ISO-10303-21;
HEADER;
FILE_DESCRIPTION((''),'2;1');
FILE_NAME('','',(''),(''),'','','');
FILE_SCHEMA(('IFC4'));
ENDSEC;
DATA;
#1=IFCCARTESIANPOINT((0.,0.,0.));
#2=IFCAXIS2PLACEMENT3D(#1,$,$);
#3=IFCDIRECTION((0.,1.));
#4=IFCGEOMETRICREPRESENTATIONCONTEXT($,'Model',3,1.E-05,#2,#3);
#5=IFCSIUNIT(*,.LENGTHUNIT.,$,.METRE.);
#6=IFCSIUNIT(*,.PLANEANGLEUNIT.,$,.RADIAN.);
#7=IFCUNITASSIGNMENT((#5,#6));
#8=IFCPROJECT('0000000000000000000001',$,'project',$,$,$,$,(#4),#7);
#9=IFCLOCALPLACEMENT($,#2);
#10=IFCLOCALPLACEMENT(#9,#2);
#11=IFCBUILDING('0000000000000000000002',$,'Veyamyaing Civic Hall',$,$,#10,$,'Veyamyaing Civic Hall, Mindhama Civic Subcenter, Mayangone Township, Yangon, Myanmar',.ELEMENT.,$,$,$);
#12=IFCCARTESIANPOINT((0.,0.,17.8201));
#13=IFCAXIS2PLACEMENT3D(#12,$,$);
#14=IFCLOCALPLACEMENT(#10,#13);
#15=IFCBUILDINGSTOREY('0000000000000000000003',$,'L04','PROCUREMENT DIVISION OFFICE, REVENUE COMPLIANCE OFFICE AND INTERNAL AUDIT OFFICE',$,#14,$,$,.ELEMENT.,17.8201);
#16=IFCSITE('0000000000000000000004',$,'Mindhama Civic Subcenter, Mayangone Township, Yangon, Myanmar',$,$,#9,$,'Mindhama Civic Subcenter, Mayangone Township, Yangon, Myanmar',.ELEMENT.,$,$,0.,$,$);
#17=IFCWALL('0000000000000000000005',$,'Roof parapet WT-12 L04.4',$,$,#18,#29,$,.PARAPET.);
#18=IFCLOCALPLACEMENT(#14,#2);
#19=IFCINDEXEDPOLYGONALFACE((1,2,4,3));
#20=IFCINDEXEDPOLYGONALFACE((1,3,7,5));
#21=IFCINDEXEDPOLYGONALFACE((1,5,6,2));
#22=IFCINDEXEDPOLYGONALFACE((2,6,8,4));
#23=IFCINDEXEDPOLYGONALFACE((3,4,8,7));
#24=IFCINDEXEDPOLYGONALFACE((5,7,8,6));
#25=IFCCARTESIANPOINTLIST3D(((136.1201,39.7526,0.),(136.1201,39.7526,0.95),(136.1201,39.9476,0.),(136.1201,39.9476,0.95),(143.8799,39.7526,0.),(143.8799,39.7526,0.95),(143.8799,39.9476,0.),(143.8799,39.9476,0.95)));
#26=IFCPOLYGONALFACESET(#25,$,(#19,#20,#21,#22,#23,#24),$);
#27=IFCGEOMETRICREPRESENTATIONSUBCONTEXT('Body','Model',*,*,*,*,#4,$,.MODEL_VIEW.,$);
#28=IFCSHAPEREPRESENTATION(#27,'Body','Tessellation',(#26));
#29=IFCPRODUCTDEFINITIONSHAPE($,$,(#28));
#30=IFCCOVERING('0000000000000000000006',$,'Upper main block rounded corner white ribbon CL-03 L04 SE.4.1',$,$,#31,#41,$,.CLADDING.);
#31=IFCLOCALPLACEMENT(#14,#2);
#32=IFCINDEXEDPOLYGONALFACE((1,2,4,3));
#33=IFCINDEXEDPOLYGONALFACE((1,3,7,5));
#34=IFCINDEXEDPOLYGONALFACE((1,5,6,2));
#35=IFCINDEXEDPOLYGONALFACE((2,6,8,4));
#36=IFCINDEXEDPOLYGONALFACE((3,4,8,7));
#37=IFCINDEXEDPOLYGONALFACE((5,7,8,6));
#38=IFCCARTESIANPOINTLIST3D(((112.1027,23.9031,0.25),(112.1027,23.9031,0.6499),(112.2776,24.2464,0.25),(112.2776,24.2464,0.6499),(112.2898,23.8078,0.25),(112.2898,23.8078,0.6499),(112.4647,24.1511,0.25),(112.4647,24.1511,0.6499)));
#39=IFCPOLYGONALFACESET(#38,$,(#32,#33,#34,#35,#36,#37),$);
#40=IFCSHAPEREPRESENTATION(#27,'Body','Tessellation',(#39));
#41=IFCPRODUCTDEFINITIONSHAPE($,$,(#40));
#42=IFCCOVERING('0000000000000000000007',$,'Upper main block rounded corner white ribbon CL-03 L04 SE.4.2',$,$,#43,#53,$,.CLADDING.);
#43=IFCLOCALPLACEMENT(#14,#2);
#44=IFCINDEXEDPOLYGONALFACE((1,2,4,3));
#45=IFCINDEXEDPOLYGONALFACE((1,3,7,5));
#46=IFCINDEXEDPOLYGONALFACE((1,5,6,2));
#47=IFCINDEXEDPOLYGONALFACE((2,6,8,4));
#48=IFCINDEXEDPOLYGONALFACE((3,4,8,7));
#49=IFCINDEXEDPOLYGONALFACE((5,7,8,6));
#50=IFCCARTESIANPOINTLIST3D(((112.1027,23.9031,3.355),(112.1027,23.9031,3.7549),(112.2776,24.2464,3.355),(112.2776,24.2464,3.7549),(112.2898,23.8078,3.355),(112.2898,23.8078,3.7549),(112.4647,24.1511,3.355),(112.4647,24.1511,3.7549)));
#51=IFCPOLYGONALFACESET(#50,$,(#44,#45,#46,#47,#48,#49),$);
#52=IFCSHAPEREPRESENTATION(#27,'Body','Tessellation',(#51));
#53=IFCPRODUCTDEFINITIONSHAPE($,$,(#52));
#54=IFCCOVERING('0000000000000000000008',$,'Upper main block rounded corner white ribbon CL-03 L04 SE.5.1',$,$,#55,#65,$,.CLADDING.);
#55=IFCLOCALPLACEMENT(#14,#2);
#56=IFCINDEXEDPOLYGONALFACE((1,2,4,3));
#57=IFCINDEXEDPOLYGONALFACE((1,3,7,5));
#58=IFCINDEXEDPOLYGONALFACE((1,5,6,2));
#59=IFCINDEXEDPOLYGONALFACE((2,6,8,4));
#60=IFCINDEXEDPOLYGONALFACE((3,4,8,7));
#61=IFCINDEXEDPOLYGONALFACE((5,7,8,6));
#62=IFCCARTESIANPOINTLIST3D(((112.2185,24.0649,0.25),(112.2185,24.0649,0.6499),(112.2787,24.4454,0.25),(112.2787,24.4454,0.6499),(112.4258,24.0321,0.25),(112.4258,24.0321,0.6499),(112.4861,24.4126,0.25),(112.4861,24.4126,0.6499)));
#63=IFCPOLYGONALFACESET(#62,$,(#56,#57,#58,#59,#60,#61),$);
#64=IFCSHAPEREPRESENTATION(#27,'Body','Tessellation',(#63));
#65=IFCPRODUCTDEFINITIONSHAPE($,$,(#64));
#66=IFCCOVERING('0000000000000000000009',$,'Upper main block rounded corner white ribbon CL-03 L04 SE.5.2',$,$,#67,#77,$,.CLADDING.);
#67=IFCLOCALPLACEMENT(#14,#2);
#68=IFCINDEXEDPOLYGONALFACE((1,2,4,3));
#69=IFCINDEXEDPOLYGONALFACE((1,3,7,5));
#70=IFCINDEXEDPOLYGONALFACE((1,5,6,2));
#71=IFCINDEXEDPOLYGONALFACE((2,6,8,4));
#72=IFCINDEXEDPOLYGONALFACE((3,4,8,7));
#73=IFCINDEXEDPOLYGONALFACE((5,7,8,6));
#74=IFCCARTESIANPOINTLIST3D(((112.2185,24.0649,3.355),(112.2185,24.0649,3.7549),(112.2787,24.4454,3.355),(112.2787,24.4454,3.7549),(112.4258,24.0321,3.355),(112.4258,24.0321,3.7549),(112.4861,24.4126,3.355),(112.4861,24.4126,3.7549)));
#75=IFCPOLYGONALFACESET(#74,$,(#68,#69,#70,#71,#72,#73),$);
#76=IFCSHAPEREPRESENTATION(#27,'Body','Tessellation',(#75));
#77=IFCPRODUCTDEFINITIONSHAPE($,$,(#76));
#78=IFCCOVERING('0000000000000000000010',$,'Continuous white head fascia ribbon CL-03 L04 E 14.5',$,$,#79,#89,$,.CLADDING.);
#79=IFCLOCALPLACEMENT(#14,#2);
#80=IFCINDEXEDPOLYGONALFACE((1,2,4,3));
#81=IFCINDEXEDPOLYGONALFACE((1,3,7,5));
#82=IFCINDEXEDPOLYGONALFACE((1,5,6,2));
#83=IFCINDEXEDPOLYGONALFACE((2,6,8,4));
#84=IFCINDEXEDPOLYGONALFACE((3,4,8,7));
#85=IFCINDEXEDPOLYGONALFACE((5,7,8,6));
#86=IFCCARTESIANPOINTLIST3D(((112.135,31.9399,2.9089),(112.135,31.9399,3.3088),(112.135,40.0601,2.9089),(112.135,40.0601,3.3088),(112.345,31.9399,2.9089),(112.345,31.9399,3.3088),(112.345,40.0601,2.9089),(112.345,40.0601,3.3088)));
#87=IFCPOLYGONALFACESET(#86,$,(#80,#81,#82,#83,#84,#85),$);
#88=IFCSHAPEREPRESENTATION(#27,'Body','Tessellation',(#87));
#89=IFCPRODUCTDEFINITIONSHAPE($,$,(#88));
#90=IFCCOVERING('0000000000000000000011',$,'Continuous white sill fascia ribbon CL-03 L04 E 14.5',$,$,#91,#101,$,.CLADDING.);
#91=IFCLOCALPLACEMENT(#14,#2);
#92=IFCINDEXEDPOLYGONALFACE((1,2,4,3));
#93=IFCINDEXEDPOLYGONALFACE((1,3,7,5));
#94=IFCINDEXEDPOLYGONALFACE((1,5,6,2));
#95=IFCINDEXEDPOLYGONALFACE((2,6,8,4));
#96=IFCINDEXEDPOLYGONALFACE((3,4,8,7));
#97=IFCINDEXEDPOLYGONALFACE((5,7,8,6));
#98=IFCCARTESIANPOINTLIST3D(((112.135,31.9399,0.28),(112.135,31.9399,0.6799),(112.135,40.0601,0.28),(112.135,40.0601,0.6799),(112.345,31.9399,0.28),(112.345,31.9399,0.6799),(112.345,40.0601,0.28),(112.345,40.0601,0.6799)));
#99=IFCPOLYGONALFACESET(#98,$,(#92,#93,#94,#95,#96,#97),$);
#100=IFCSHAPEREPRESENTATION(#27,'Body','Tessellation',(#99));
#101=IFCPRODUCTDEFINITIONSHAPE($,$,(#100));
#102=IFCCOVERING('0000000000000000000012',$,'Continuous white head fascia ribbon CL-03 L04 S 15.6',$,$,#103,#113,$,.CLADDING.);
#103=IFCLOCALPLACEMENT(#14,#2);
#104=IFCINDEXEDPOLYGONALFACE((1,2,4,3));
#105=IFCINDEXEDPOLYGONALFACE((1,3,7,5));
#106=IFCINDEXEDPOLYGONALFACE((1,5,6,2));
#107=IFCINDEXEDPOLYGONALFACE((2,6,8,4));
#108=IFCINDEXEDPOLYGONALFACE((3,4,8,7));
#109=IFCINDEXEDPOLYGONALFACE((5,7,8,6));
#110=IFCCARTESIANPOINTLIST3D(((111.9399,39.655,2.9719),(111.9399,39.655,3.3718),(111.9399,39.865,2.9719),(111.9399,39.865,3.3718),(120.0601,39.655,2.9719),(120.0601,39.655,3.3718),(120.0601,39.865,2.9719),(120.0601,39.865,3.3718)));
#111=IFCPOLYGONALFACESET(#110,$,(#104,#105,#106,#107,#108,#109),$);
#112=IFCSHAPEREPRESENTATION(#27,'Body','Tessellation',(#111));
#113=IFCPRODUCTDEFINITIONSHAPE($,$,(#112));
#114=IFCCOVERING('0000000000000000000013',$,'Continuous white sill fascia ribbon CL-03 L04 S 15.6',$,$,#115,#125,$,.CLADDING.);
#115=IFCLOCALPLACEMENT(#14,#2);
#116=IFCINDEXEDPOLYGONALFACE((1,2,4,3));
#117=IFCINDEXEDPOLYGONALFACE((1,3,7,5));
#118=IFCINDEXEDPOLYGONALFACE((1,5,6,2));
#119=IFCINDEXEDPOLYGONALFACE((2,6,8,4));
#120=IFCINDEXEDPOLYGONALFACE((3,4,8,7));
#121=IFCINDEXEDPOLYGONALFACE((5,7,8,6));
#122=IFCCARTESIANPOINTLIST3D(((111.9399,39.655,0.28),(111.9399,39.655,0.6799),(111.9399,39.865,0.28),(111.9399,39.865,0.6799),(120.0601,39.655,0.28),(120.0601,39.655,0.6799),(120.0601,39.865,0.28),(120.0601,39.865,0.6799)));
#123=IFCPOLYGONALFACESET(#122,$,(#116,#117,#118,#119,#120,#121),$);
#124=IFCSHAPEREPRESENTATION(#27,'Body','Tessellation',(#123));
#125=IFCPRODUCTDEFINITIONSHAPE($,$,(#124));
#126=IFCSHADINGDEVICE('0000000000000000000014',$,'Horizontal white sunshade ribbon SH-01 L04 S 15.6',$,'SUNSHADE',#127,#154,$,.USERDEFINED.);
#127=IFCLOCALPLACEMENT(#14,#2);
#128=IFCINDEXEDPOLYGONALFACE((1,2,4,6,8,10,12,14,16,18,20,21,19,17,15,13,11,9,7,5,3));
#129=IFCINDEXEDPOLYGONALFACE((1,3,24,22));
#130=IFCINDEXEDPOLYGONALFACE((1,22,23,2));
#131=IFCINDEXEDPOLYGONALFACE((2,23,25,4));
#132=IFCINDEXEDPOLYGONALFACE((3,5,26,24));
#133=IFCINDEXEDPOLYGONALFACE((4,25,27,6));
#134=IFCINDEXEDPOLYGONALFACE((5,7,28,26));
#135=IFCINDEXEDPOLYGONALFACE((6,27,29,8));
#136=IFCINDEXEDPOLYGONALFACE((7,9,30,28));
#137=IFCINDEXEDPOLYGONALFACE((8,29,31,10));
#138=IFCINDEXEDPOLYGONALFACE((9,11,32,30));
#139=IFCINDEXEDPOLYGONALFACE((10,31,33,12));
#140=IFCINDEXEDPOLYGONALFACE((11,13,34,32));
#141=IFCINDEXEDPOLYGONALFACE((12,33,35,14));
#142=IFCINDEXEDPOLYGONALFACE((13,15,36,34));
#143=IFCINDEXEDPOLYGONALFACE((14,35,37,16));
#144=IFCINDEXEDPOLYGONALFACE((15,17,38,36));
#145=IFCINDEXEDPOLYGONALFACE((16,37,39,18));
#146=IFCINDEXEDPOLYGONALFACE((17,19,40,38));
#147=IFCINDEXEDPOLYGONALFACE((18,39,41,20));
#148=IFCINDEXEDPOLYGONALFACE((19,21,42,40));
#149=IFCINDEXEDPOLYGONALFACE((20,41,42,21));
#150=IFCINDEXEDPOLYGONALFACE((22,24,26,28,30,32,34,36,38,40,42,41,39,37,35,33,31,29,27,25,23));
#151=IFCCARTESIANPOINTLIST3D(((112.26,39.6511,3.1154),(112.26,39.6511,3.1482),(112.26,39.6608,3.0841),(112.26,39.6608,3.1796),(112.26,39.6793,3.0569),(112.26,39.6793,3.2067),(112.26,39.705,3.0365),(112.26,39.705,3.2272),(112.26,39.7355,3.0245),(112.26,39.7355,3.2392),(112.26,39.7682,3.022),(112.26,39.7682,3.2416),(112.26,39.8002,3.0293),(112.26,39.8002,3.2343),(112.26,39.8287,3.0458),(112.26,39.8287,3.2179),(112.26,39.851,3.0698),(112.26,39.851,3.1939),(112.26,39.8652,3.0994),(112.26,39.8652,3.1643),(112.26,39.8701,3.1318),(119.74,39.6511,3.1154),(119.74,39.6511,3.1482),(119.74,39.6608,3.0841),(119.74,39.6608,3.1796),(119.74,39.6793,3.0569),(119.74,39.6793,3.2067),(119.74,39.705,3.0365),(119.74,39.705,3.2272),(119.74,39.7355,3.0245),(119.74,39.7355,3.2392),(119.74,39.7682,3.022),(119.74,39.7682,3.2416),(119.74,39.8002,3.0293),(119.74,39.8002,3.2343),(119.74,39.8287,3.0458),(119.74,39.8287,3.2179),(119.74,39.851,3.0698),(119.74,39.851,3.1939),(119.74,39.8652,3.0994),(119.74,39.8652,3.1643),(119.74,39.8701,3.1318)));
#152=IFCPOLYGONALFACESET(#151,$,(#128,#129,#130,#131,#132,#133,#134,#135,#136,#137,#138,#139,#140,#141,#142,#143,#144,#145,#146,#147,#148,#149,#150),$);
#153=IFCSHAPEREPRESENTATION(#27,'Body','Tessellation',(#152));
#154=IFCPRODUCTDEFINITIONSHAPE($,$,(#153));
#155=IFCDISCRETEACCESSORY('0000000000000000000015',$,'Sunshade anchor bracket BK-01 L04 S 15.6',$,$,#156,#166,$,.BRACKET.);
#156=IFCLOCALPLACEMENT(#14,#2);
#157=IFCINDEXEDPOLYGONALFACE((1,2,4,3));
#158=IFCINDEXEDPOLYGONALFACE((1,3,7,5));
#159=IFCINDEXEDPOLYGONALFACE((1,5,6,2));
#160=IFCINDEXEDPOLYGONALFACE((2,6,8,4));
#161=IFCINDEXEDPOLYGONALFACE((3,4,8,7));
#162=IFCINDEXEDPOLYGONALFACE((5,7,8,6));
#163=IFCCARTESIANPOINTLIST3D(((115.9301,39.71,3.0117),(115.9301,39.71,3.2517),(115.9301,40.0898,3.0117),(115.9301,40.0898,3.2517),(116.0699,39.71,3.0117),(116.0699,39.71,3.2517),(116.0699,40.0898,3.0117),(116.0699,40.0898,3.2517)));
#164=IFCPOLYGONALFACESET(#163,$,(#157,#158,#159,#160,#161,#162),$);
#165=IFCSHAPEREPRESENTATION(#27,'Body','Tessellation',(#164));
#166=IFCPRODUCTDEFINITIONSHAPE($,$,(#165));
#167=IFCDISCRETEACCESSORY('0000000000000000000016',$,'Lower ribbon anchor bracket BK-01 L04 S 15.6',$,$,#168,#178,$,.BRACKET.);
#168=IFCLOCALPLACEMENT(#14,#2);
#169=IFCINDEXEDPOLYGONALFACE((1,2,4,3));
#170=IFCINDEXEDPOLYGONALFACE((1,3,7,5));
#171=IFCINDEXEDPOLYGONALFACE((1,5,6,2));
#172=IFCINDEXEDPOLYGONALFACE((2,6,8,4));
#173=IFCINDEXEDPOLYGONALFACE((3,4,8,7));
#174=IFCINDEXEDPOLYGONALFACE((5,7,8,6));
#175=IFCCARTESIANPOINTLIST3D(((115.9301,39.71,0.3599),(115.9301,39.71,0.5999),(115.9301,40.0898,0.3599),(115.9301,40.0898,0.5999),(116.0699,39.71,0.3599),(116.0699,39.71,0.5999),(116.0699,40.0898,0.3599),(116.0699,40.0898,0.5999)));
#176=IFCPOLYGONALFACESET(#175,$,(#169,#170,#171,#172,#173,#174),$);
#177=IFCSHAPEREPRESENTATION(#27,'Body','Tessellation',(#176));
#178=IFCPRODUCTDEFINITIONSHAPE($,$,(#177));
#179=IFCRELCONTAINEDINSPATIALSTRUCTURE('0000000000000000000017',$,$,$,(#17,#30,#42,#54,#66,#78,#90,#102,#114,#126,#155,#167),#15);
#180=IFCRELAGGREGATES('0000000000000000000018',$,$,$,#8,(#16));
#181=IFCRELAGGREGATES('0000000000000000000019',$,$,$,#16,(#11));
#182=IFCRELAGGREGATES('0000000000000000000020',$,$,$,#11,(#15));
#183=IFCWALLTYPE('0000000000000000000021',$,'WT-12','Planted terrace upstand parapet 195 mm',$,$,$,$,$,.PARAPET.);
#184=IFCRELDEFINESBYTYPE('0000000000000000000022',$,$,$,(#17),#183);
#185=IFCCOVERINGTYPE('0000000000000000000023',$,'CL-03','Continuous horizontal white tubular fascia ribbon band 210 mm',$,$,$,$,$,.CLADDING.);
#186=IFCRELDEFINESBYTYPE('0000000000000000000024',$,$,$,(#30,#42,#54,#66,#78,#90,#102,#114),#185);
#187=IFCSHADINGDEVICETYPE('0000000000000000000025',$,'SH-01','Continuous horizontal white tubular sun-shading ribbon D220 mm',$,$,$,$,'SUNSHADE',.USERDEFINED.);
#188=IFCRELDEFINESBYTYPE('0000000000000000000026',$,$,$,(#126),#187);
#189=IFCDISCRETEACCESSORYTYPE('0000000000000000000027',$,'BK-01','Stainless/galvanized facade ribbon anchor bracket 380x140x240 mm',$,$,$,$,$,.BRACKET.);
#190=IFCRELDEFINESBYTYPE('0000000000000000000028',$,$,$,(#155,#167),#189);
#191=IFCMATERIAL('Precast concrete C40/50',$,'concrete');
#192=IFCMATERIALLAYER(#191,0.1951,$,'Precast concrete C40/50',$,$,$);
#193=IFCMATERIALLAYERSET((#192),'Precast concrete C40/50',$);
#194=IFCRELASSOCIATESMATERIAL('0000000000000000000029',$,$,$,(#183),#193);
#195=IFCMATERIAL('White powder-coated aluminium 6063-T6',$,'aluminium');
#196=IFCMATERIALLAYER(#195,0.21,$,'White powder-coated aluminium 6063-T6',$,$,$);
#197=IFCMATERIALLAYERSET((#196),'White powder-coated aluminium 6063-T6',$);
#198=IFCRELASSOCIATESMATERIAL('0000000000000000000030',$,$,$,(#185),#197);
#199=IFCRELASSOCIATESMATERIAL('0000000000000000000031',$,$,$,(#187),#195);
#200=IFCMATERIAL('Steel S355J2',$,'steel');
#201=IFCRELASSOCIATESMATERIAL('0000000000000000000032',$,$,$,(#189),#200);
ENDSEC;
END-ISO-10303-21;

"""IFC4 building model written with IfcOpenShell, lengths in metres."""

from ifc_helpers import new_model, si_unit, direction, frame, frame_2d, origin, origin_2d, place, context, subcontext, project, spatial, rectangle, circle, extrude, material, layer, layer_set, material_profile, profile_set, type_object, element, save


model = new_model("IFC4")

# Units and contexts
model_context = context("Model", 3, precision=1e-05, world=origin(), true_north=direction((0.0, 1.0)))
body_context = subcontext(model_context, "Body", "Model", "MODEL_VIEW")
ifc_project = project(units=[si_unit("LENGTHUNIT", "METRE"), si_unit("PLANEANGLEUNIT", "RADIAN")], contexts=[model_context])

# Site, building, storey
site_placement = place(None, origin())
site = spatial("IfcSite", under=ifc_project, at=site_placement, Name="Mindhama Civic Subcenter, Mayangone Township, Yangon, Myanmar", LongName="Mindhama Civic Subcenter, Mayangone Township, Yangon, Myanmar", CompositionType="ELEMENT", RefElevation=0.0)
building_placement = place(site_placement, origin())
building = spatial("IfcBuilding", under=site, at=building_placement, Name="Veyamyaing Civic Hall", LongName="Veyamyaing Civic Hall, Mindhama Civic Subcenter, Mayangone Township, Yangon, Myanmar", CompositionType="ELEMENT")
storey_placement = place(building_placement, frame((0.0, 0.0, 17.8201)))
storey = spatial("IfcBuildingStorey", under=building, at=storey_placement, Name="L04", Description="PROCUREMENT DIVISION OFFICE, REVENUE COMPLIANCE OFFICE AND INTERNAL AUDIT OFFICE", CompositionType="ELEMENT", Elevation=17.8201)

# Wall
ifc_material_1 = material(Name="Precast concrete C40/50", Category="concrete")
ifc_layer_1 = layer(ifc_material_1, 0.1951, Name="Precast concrete C40/50")
ifc_layer_set_1 = layer_set([ifc_layer_1], Name="Precast concrete C40/50")
wall_type = type_object("IfcWallType", Name="WT-12", Description="Planted terrace upstand parapet 195 mm", PredefinedType="PARAPET", material=ifc_layer_set_1)
wall_placement = place(storey_placement, frame((136.1201, 39.8501, 0.0), z_axis=(0.0, 0.0, 1.0), x_axis=(1.0, 0.0, 0.0)))
element("IfcWall", 1, at=wall_placement, inside=storey, type_object=wall_type, Name="Roof parapet WT-12 L04.4", PredefinedType="PARAPET", context=body_context, shape_type="SweptSolid", body=[
    extrude(rectangle(XDim=7.7598, YDim=0.1951, at=frame_2d((3.8799, 0.0))), origin(), (0.0, 0.0, 1.0), 0.95),
])

# Coverings
ifc_material_2 = material(Name="White powder-coated aluminium 6063-T6", Category="aluminium")
ifc_layer_2 = layer(ifc_material_2, 0.21, Name="White powder-coated aluminium 6063-T6")
ifc_layer_set_2 = layer_set([ifc_layer_2], Name="White powder-coated aluminium 6063-T6")
covering_type = type_object("IfcCoveringType", Name="CL-03", Description="Continuous horizontal white tubular fascia ribbon band 210 mm", PredefinedType="CLADDING", material=ifc_layer_set_2)
for number, where, z_axis, x_axis, name in (
    (2, (112.2837, 24.0271, 0.25), (0.0, 0.0, 1.0), (0.45399, 0.891007, 0.0), "Upper main block rounded corner white ribbon CL-03 L04 SE.4.1"),
    (3, (112.2837, 24.0271, 3.355), (0.0, 0.0, 1.0), (0.45399, 0.891007, 0.0), "Upper main block rounded corner white ribbon CL-03 L04 SE.4.2"),
    (4, (112.3523, 24.2388, 0.25), (0.0, 0.0, 1.0), (0.156434, 0.987688, 0.0), "Upper main block rounded corner white ribbon CL-03 L04 SE.5.1"),
    (5, (112.3523, 24.2388, 3.355), (0.0, 0.0, 1.0), (0.156434, 0.987688, 0.0), "Upper main block rounded corner white ribbon CL-03 L04 SE.5.2"),
):
    element("IfcCovering", number, at=place(storey_placement, frame(where, z_axis=z_axis, x_axis=x_axis)), inside=storey, type_object=covering_type, Name=name, PredefinedType="CLADDING", context=body_context, shape_type="SweptSolid", body=[
        extrude(rectangle(XDim=0.3853, YDim=0.21, at=origin_2d()), origin(), (0.0, 0.0, 1.0), 0.3999),
    ])
for number, where, z_axis, x_axis, name in (
    (6, (112.24, 36.0, 2.9089), (0.0, 0.0, 1.0), (0.0, 1.0, 0.0), "Continuous white head fascia ribbon CL-03 L04 E 14.5"),
    (7, (112.24, 36.0, 0.28), (0.0, 0.0, 1.0), (0.0, 1.0, 0.0), "Continuous white sill fascia ribbon CL-03 L04 E 14.5"),
    (8, (116.0, 39.76, 2.9719), (0.0, 0.0, 1.0), (1.0, 0.0, 0.0), "Continuous white head fascia ribbon CL-03 L04 S 15.6"),
    (9, (116.0, 39.76, 0.28), (0.0, 0.0, 1.0), (1.0, 0.0, 0.0), "Continuous white sill fascia ribbon CL-03 L04 S 15.6"),
):
    element("IfcCovering", number, at=place(storey_placement, frame(where, z_axis=z_axis, x_axis=x_axis)), inside=storey, type_object=covering_type, Name=name, PredefinedType="CLADDING", context=body_context, shape_type="SweptSolid", body=[
        extrude(rectangle(XDim=8.1201, YDim=0.21, at=origin_2d()), origin(), (0.0, 0.0, 1.0), 0.3999),
    ])

# Shading device
ifc_material_profile_1 = material_profile(ifc_material_2, circle(Radius=0.1101, at=origin_2d()), Name="SHADE-TUBE-220")
ifc_profile_set_1 = profile_set([ifc_material_profile_1], Name="White powder-coated aluminium 6063-T6")
shading_device_type = type_object("IfcShadingDeviceType", Name="SH-01", Description="Continuous horizontal white tubular sun-shading ribbon D220 mm", ElementType="SUNSHADE", PredefinedType="USERDEFINED", material=ifc_profile_set_1)
shading_device_placement = place(storey_placement, frame((112.26, 39.76, 3.1318), z_axis=(1.0, 0.0, 0.0), x_axis=(0.0, 1.0, 0.0)))
element("IfcShadingDevice", 10, at=shading_device_placement, inside=storey, type_object=shading_device_type, Name="Horizontal white sunshade ribbon SH-01 L04 S 15.6", ObjectType="SUNSHADE", PredefinedType="USERDEFINED", context=body_context, shape_type="SweptSolid", body=[
    extrude(circle(Radius=0.1101, at=origin_2d()), origin(), (0.0, 0.0, 1.0), 7.48),
])

# Discrete accessories
ifc_material_3 = material(Name="Steel S355J2", Category="steel")
discrete_accessory_type = type_object("IfcDiscreteAccessoryType", Name="BK-01", Description="Stainless/galvanized facade ribbon anchor bracket 380x140x240 mm", PredefinedType="BRACKET", material=ifc_material_3)
for number, where, z_axis, x_axis, name in (
    (11, (116.0, 39.8999, 3.0117), (0.0, 0.0, 1.0), (0.0, -1.0, 0.0), "Sunshade anchor bracket BK-01 L04 S 15.6"),
    (12, (116.0, 39.8999, 0.3599), (0.0, 0.0, 1.0), (0.0, -1.0, 0.0), "Lower ribbon anchor bracket BK-01 L04 S 15.6"),
):
    element("IfcDiscreteAccessory", number, at=place(storey_placement, frame(where, z_axis=z_axis, x_axis=x_axis)), inside=storey, type_object=discrete_accessory_type, Name=name, PredefinedType="BRACKET", context=body_context, shape_type="SweptSolid", body=[
        extrude(rectangle(XDim=0.3799, YDim=0.1399, at=origin_2d()), origin(), (0.0, 0.0, 1.0), 0.24),
    ])

save(model, "model.ifc")
